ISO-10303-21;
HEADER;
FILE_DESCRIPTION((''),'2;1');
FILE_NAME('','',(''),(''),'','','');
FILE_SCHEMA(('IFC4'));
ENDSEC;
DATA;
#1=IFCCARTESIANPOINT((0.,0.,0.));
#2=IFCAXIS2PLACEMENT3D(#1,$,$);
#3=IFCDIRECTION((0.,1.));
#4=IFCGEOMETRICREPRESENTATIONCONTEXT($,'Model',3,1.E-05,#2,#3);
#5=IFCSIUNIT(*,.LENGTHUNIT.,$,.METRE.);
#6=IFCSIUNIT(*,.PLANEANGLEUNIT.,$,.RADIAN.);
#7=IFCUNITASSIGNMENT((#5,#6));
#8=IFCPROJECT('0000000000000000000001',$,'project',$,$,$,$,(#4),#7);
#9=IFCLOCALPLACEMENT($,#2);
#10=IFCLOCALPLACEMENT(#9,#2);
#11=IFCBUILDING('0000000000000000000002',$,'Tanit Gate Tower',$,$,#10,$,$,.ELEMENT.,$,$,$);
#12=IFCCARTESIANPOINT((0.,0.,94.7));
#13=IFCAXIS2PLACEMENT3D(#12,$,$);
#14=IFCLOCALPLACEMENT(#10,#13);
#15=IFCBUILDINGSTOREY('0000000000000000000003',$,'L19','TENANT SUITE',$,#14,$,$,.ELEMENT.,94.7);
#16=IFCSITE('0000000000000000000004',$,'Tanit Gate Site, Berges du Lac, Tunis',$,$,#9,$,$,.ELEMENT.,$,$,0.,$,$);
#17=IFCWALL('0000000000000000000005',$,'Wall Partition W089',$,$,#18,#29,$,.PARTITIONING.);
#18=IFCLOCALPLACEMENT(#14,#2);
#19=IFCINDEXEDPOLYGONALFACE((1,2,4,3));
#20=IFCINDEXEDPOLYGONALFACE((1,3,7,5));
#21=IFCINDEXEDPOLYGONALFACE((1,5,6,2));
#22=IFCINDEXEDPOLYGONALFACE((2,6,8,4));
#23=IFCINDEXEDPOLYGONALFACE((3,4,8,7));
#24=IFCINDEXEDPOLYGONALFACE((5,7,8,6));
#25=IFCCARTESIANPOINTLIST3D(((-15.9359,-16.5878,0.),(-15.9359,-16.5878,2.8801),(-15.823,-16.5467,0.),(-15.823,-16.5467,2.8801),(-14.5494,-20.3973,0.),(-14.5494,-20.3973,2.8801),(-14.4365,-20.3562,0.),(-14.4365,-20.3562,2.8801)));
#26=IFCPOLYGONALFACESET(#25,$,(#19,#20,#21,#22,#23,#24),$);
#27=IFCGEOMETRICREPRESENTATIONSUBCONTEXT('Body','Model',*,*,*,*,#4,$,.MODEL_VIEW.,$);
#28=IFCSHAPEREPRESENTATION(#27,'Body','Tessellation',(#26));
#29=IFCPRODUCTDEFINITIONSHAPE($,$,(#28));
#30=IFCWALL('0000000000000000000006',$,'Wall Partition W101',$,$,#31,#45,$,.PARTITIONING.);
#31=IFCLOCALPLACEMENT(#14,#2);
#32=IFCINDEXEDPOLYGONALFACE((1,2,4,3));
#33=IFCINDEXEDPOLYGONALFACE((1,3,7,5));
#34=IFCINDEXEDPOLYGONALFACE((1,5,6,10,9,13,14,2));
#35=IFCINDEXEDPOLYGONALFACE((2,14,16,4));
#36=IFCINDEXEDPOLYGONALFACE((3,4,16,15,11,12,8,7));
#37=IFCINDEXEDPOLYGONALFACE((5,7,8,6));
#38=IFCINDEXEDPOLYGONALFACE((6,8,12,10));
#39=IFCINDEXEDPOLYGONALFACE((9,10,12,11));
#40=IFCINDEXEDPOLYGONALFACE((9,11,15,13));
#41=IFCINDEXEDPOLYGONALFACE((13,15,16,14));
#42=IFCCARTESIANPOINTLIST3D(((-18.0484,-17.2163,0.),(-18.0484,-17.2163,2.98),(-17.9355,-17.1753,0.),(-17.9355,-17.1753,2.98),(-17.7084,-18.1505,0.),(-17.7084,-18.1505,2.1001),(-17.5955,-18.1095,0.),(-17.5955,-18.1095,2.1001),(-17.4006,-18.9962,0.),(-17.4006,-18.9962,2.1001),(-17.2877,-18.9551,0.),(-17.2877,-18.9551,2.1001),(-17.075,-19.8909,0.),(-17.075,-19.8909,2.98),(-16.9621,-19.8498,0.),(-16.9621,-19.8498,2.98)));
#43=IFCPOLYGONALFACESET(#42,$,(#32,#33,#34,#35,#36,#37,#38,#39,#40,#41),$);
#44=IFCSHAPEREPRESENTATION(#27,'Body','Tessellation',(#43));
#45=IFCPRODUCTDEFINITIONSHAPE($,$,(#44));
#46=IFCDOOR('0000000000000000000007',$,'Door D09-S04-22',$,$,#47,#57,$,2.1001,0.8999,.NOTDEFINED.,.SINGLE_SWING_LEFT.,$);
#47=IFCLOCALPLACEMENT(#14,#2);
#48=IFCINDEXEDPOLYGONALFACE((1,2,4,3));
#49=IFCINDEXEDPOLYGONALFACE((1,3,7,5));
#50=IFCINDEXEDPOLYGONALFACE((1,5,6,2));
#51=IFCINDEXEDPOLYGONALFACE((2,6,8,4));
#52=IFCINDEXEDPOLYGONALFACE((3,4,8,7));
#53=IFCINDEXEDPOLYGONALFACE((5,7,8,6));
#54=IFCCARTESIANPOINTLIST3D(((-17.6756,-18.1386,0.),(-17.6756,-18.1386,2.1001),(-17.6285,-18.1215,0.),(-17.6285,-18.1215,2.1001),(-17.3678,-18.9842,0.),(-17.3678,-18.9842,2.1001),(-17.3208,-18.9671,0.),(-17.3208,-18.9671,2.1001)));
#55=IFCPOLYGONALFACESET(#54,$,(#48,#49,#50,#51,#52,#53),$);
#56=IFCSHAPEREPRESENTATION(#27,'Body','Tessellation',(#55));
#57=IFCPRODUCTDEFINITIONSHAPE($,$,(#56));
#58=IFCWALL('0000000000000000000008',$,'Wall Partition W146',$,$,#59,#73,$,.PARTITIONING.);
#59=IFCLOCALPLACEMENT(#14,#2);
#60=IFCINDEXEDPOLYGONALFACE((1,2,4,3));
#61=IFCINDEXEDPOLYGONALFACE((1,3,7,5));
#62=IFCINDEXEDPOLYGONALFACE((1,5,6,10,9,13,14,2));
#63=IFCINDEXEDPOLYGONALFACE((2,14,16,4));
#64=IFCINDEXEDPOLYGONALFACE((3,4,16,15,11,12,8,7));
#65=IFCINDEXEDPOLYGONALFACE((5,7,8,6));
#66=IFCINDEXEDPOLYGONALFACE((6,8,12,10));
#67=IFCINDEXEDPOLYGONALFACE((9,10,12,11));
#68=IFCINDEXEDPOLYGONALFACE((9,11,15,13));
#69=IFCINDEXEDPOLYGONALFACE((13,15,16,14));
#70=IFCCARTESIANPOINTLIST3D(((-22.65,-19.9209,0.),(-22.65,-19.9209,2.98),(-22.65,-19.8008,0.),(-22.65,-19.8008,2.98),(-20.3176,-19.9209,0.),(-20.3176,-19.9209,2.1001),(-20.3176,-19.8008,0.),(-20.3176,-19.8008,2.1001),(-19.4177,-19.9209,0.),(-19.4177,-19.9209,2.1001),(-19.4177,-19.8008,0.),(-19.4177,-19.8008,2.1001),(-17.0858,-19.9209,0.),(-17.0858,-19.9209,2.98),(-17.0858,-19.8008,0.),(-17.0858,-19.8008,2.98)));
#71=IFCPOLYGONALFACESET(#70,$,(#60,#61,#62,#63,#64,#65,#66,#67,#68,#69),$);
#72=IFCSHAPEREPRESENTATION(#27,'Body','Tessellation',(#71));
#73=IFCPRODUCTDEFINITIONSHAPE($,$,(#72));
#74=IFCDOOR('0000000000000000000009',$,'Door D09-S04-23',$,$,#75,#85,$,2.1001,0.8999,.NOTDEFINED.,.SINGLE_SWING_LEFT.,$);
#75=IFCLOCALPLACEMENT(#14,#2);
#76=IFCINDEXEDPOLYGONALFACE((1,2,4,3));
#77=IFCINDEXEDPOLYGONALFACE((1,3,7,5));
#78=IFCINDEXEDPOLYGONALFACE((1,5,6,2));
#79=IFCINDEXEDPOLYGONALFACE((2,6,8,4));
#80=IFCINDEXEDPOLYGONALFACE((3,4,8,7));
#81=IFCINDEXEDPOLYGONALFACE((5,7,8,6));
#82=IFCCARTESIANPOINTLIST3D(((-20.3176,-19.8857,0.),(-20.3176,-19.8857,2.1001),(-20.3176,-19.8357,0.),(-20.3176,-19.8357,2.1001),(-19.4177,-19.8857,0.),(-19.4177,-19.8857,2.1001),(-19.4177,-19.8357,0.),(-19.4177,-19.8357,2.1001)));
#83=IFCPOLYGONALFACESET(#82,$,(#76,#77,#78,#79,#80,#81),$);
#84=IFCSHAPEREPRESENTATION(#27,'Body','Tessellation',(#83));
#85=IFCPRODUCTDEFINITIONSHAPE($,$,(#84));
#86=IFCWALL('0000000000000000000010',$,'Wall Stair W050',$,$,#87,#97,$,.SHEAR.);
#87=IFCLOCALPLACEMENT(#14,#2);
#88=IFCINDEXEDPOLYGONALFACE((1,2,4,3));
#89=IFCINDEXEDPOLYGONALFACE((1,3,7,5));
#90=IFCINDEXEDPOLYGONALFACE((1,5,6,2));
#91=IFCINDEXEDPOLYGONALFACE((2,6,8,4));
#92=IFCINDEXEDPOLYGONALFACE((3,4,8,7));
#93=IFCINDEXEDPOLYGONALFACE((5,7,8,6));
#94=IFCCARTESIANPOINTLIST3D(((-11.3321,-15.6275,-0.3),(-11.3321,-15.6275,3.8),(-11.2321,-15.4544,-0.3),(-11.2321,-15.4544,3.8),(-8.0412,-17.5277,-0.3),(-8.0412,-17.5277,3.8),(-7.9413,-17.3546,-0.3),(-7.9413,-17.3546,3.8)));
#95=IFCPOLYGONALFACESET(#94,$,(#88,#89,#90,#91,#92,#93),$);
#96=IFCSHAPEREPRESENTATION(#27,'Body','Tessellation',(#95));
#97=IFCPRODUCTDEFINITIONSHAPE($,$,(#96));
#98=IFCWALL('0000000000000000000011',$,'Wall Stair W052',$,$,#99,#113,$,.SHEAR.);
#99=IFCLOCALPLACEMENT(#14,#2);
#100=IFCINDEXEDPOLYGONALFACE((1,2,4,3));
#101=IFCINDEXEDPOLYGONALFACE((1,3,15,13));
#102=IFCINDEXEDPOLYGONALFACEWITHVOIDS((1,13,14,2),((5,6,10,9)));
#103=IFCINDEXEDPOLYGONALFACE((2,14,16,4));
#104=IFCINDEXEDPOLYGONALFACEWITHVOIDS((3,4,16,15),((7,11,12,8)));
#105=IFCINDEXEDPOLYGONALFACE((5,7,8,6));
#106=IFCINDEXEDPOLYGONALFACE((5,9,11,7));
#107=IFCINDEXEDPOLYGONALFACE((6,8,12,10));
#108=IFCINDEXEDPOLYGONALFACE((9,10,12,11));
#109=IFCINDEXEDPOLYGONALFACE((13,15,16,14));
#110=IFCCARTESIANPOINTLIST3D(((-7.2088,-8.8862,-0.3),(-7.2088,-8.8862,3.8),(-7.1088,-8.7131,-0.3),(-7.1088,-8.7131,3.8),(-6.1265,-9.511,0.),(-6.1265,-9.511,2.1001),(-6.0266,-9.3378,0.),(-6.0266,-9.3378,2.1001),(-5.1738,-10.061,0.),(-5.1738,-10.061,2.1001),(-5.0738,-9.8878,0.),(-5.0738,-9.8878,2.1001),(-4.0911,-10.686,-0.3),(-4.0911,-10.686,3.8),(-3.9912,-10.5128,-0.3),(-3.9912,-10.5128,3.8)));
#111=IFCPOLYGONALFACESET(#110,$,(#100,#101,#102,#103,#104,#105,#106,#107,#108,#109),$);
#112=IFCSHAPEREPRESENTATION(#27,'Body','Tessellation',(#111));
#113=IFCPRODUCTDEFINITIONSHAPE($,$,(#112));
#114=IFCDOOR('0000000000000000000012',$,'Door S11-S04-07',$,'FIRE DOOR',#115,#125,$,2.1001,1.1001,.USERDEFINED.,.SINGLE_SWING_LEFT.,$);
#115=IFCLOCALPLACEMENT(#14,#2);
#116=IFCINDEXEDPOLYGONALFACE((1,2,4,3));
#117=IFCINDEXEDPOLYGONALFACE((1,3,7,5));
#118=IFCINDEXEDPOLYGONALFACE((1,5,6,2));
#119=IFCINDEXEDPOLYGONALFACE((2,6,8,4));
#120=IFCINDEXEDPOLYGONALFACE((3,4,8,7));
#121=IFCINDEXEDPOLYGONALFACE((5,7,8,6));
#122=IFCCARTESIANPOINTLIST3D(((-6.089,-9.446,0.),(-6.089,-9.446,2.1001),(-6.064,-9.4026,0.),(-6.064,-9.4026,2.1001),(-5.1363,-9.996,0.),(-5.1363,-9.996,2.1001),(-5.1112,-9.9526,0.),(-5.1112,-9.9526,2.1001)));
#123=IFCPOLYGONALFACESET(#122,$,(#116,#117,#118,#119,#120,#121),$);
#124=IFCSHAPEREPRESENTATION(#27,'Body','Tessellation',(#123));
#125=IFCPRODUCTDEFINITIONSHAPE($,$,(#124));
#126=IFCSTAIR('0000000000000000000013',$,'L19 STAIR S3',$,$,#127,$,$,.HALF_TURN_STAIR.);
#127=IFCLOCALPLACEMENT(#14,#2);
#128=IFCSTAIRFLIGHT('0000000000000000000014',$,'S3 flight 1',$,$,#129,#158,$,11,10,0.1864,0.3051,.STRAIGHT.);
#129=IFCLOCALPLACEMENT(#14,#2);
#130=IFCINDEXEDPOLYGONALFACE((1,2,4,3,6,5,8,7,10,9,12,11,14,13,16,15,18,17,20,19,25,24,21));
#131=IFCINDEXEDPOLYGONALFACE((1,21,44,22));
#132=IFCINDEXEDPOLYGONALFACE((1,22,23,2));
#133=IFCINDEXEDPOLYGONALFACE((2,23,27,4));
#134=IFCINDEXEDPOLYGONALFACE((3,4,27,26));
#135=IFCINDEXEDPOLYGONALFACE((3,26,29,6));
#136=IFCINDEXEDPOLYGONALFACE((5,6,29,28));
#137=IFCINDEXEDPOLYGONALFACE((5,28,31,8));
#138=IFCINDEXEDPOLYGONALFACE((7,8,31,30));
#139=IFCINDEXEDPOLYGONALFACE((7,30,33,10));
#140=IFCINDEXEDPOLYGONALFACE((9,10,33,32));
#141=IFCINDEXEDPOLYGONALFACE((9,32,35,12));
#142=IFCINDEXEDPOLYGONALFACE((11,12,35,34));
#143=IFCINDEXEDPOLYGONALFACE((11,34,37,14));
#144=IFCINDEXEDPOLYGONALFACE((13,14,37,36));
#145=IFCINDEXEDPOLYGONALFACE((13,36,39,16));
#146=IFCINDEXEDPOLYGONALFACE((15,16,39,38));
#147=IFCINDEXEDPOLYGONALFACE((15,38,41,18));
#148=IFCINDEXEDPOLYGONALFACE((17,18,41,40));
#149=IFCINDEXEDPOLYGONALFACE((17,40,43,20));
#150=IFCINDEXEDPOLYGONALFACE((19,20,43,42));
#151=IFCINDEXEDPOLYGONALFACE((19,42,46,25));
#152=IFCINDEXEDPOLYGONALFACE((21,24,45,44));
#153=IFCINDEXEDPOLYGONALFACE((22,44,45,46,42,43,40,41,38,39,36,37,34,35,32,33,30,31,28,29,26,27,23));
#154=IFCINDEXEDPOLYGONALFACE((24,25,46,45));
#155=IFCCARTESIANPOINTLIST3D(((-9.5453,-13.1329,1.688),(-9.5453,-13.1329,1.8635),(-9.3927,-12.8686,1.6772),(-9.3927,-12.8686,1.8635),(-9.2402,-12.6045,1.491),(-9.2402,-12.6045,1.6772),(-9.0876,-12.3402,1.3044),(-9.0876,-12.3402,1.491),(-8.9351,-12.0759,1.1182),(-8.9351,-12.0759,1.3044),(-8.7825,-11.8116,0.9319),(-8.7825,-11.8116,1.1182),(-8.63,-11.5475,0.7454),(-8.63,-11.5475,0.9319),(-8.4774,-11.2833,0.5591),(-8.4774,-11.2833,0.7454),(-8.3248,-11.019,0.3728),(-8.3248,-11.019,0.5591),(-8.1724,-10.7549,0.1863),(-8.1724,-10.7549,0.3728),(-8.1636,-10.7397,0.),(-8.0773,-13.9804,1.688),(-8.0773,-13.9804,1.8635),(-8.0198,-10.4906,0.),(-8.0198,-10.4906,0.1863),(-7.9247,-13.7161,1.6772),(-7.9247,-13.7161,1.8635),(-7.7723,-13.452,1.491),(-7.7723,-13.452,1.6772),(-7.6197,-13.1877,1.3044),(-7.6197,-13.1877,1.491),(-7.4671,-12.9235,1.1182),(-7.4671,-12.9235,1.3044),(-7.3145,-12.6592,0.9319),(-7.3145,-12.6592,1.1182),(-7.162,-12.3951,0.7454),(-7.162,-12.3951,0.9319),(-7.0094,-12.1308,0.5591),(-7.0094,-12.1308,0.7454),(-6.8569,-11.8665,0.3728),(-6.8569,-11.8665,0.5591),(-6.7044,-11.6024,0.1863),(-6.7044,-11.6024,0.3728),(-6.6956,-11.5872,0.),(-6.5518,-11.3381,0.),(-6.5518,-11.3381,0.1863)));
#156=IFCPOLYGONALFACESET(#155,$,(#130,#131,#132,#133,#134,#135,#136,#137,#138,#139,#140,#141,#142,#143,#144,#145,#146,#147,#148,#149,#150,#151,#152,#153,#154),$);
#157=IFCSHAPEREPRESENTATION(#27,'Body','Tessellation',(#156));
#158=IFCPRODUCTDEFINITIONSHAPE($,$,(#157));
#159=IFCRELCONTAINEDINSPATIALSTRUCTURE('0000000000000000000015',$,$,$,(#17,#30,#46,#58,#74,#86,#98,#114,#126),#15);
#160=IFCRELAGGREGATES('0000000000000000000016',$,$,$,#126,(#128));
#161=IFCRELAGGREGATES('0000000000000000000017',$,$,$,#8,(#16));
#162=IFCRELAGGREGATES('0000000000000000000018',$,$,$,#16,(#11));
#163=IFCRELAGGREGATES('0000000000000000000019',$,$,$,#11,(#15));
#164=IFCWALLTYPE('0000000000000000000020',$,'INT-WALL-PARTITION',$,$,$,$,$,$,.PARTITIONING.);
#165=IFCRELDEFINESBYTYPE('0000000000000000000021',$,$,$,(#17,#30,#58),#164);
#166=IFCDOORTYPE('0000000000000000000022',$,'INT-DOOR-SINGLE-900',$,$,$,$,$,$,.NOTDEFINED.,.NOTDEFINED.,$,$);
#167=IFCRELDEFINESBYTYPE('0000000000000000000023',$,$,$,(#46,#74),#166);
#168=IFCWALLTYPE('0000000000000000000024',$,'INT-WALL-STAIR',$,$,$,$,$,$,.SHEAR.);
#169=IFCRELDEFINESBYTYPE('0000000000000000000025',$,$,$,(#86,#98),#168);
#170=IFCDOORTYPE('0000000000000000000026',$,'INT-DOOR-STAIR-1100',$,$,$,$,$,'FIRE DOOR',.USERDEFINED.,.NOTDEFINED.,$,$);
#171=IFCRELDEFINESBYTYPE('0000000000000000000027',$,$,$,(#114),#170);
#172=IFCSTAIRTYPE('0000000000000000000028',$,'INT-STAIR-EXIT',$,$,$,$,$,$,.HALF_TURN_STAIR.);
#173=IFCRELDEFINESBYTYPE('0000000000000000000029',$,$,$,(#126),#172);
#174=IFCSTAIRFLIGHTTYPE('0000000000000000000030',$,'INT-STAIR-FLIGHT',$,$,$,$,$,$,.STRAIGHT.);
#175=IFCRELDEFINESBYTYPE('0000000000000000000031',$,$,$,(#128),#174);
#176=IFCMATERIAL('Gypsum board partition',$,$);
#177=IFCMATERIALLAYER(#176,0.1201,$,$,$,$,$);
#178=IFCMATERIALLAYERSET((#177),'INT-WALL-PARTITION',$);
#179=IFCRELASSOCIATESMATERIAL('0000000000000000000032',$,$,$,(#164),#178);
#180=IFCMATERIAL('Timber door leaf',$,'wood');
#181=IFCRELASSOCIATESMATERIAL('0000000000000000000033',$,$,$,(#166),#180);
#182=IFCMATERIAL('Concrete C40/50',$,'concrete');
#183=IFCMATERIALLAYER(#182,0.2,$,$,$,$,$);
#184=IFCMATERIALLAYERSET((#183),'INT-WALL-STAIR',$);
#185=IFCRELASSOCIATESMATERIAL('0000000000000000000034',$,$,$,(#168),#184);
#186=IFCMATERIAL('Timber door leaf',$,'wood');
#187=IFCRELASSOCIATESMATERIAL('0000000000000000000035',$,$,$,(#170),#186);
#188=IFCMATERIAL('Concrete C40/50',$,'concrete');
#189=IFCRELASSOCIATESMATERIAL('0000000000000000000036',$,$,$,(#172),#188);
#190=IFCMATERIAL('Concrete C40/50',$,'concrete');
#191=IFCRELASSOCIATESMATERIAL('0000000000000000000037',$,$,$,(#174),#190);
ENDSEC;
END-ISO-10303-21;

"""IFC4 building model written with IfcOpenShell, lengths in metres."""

from ifc_helpers import new_model, si_unit, direction, frame, frame_2d, origin, place, context, subcontext, project, spatial, polyline, rectangle, outline, extrude, material, layer, layer_set, type_object, element, fill, aggregate, save


model = new_model("IFC4")

# Units and contexts
model_context = context("Model", 3, precision=1e-05, world=origin(), true_north=direction((0.0, 1.0)))
body_context = subcontext(model_context, "Body", "Model", "MODEL_VIEW")
ifc_project = project(units=[si_unit("LENGTHUNIT", "METRE"), si_unit("PLANEANGLEUNIT", "RADIAN")], contexts=[model_context])

# Site, building, storey
site_placement = place(None, origin())
site = spatial("IfcSite", under=ifc_project, at=site_placement, Name="Tanit Gate Site, Berges du Lac, Tunis", CompositionType="ELEMENT", RefElevation=0.0)
building_placement = place(site_placement, origin())
building = spatial("IfcBuilding", under=site, at=building_placement, Name="Tanit Gate Tower", CompositionType="ELEMENT")
storey_placement = place(building_placement, frame((0.0, 0.0, 94.7)))
storey = spatial("IfcBuildingStorey", under=building, at=storey_placement, Name="L19", Description="TENANT SUITE", CompositionType="ELEMENT", Elevation=94.7)

# Wall
ifc_material_1 = material(Name="Gypsum board partition")
ifc_layer_1 = layer(ifc_material_1, 0.1201)
ifc_layer_set_1 = layer_set([ifc_layer_1], Name="INT-WALL-PARTITION")
wall_type_1 = type_object("IfcWallType", Name="INT-WALL-PARTITION", PredefinedType="PARTITIONING", material=ifc_layer_set_1)
wall_1_placement = place(storey_placement, frame((-15.8794, -16.5674, 0.0), z_axis=(0.0, 0.0, 1.0), x_axis=(0.341999, -0.9397, 0.0)))
element("IfcWall", 1, at=wall_1_placement, inside=storey, type_object=wall_type_1, Name="Wall Partition W089", PredefinedType="PARTITIONING", context=body_context, shape_type="SweptSolid", body=[
    extrude(rectangle(XDim=4.054, YDim=0.1201, at=frame_2d((2.0269, 0.0))), origin(), (0.0, 0.0, 1.0), 2.8801),
])

# Walls, openings, doors
wall_2_placement = place(storey_placement, frame((-17.9919, -17.1958, 0.0), z_axis=(0.0, 0.0, 1.0), x_axis=(0.341998, -0.939701, 0.0)))
wall_2 = element("IfcWall", 2, at=wall_2_placement, inside=storey, type_object=wall_type_1, Name="Wall Partition W101", PredefinedType="PARTITIONING", context=body_context, shape_type="SweptSolid", body=[
    extrude(rectangle(XDim=2.8462, YDim=0.1201, at=frame_2d((1.4231, 0.0))), origin(), (0.0, 0.0, 1.0), 2.98),
])
opening_1_placement = place(wall_2_placement, frame((0.9941, 0.0, 0.0)))
opening_1 = element("IfcOpeningElement", 3, at=opening_1_placement, cuts=wall_2, PredefinedType="OPENING", context=body_context, shape_type="SweptSolid", body=[
    extrude(rectangle(XDim=0.8999, YDim=2.1001, at=frame_2d((0.45, 1.05))), frame((0.0, 0.0701, 0.0), z_axis=(0.0, -1.0, 0.0), x_axis=(1.0, 0.0, 0.0)), (0.0, 0.0, 1.0), 0.1401),
])
ifc_material_2 = material(Name="Timber door leaf", Category="wood")
door_type_1 = type_object("IfcDoorType", Name="INT-DOOR-SINGLE-900", OperationType="NOTDEFINED", PredefinedType="NOTDEFINED", material=ifc_material_2)
door_1_placement = place(opening_1_placement, origin())
door_1 = element("IfcDoor", 4, at=door_1_placement, inside=storey, type_object=door_type_1, Name="Door D09-S04-22", OperationType="SINGLE_SWING_LEFT", OverallHeight=2.1001, OverallWidth=0.8999, PredefinedType="NOTDEFINED", context=body_context, shape_type="SweptSolid", body=[
    extrude(rectangle(XDim=0.8999, YDim=2.1001, at=frame_2d((0.45, 1.05))), frame((0.0, 0.0249, 0.0), z_axis=(0.0, -1.0, 0.0), x_axis=(1.0, 0.0, 0.0)), (0.0, 0.0, 1.0), 0.05),
])
fill(opening_1, door_1)
wall_3_placement = place(storey_placement, frame((-17.0857, -19.8608, 0.0), z_axis=(0.0, 0.0, 1.0), x_axis=(-1.0, 0.0, 0.0)))
wall_3 = element("IfcWall", 5, at=wall_3_placement, inside=storey, type_object=wall_type_1, Name="Wall Partition W146", PredefinedType="PARTITIONING", context=body_context, shape_type="SweptSolid", body=[
    extrude(rectangle(XDim=5.5642, YDim=0.1201, at=frame_2d((2.7822, 0.0))), origin(), (0.0, 0.0, 1.0), 2.98),
])
opening_2_placement = place(wall_3_placement, frame((2.332, 0.0, 0.0)))
opening_2 = element("IfcOpeningElement", 6, at=opening_2_placement, cuts=wall_3, PredefinedType="OPENING", context=body_context, shape_type="SweptSolid", body=[
    extrude(rectangle(XDim=0.8999, YDim=2.1001, at=frame_2d((0.45, 1.05))), frame((0.0, 0.0701, 0.0), z_axis=(0.0, -1.0, 0.0), x_axis=(1.0, 0.0, 0.0)), (0.0, 0.0, 1.0), 0.1401),
])
door_2_placement = place(opening_2_placement, origin())
door_2 = element("IfcDoor", 7, at=door_2_placement, inside=storey, type_object=door_type_1, Name="Door D09-S04-23", OperationType="SINGLE_SWING_LEFT", OverallHeight=2.1001, OverallWidth=0.8999, PredefinedType="NOTDEFINED", context=body_context, shape_type="SweptSolid", body=[
    extrude(rectangle(XDim=0.8999, YDim=2.1001, at=frame_2d((0.45, 1.05))), frame((0.0, 0.0249, 0.0), z_axis=(0.0, -1.0, 0.0), x_axis=(1.0, 0.0, 0.0)), (0.0, 0.0, 1.0), 0.05),
])
fill(opening_2, door_2)

# Wall
ifc_material_3 = material(Name="Concrete C40/50", Category="concrete")
ifc_layer_2 = layer(ifc_material_3, 0.2)
ifc_layer_set_2 = layer_set([ifc_layer_2], Name="INT-WALL-STAIR")
wall_type_2 = type_object("IfcWallType", Name="INT-WALL-STAIR", PredefinedType="SHEAR", material=ifc_layer_set_2)
wall_4_placement = place(storey_placement, frame((-11.282, -15.541, -0.3), z_axis=(0.0, 0.0, 1.0), x_axis=(0.866, -0.500043, 0.0)))
element("IfcWall", 8, at=wall_4_placement, inside=storey, type_object=wall_type_2, Name="Wall Stair W050", PredefinedType="SHEAR", context=body_context, shape_type="SweptSolid", body=[
    extrude(rectangle(XDim=3.8, YDim=0.2, at=frame_2d((1.8999, 0.0))), origin(), (0.0, 0.0, 1.0), 4.1001),
])

# Wall, opening, door
wall_5_placement = place(storey_placement, frame((-4.0413, -10.5994, -0.3), z_axis=(0.0, 0.0, 1.0), x_axis=(-0.866048, 0.499961, 0.0)))
wall_5 = element("IfcWall", 9, at=wall_5_placement, inside=storey, type_object=wall_type_2, Name="Wall Stair W052", PredefinedType="SHEAR", context=body_context, shape_type="SweptSolid", body=[
    extrude(rectangle(XDim=3.5999, YDim=0.2, at=frame_2d((1.7998, 0.0))), origin(), (0.0, 0.0, 1.0), 4.1001),
])
opening_3_placement = place(wall_5_placement, frame((1.25, 0.0, 0.3)))
opening_3 = element("IfcOpeningElement", 10, at=opening_3_placement, cuts=wall_5, PredefinedType="OPENING", context=body_context, shape_type="SweptSolid", body=[
    extrude(rectangle(XDim=1.1001, YDim=2.1001, at=frame_2d((0.55, 1.05))), frame((0.0, 0.1099, 0.0), z_axis=(0.0, -1.0, 0.0), x_axis=(1.0, 0.0, 0.0)), (0.0, 0.0, 1.0), 0.22),
])
ifc_material_4 = material(Name="Timber door leaf", Category="wood")
door_type_2 = type_object("IfcDoorType", Name="INT-DOOR-STAIR-1100", ElementType="FIRE DOOR", OperationType="NOTDEFINED", PredefinedType="USERDEFINED", material=ifc_material_4)
door_3_placement = place(opening_3_placement, origin())
door_3 = element("IfcDoor", 11, at=door_3_placement, inside=storey, type_object=door_type_2, Name="Door S11-S04-07", ObjectType="FIRE DOOR", OperationType="SINGLE_SWING_LEFT", OverallHeight=2.1001, OverallWidth=1.1001, PredefinedType="USERDEFINED", context=body_context, shape_type="SweptSolid", body=[
    extrude(rectangle(XDim=1.1001, YDim=2.1001, at=frame_2d((0.55, 1.05))), frame((0.0, 0.0249, 0.0), z_axis=(0.0, -1.0, 0.0), x_axis=(1.0, 0.0, 0.0)), (0.0, 0.0, 1.0), 0.05),
])
fill(opening_3, door_3)

# Stair, stair flight
ifc_material_5 = material(Name="Concrete C40/50", Category="concrete")
stair_type = type_object("IfcStairType", Name="INT-STAIR-EXIT", PredefinedType="HALF_TURN_STAIR", material=ifc_material_5)
stair_placement = place(storey_placement, origin())
stair = element("IfcStair", 12, at=stair_placement, inside=storey, type_object=stair_type, Name="L19 STAIR S3", PredefinedType="HALF_TURN_STAIR")
ifc_material_6 = material(Name="Concrete C40/50", Category="concrete")
stair_flight_type = type_object("IfcStairFlightType", Name="INT-STAIR-FLIGHT", PredefinedType="STRAIGHT", material=ifc_material_6)
stair_flight_1_placement = place(storey_placement, frame((-7.2859, -10.9143, 0.0), z_axis=(0.0, 0.0, 1.0), x_axis=(-0.5, -0.866025, 0.0)))
stair_flight_1 = element("IfcStairFlight", 13, at=stair_flight_1_placement, type_object=stair_flight_type, Name="S3 flight 1", NumberOfRisers=11, NumberOfTreads=10, PredefinedType="STRAIGHT", RiserHeight=0.1864, TreadLength=0.3051, context=body_context, shape_type="SweptSolid", body=[
    extrude(outline(polyline([(0.0, 0.0), (0.0, 0.1863), (0.3052, 0.1863), (0.3052, 0.3728), (0.6101, 0.3728), (0.6101, 0.5591), (0.9153, 0.5591), (0.9153, 0.7454), (1.2205, 0.7454), (1.2205, 0.9319), (1.5254, 0.9319), (1.5254, 1.1182), (1.8306, 1.1182), (1.8306, 1.3044), (2.1357, 1.3044), (2.1357, 1.491), (2.4409, 1.491), (2.4409, 1.6772), (2.7458, 1.6772), (2.7458, 1.8635), (3.051, 1.8635), (3.051, 2.05), (3.051, 1.688), (0.2876, 0.0), (0.0, 0.0)])), frame((0.0, 0.8477, 0.0), z_axis=(0.0, -1.0, 0.0), x_axis=(1.0, 0.0, 0.0)), (0.0, 0.0, 1.0), 1.6951),
])
aggregate(stair, [stair_flight_1])

save(model, "model.ifc")
